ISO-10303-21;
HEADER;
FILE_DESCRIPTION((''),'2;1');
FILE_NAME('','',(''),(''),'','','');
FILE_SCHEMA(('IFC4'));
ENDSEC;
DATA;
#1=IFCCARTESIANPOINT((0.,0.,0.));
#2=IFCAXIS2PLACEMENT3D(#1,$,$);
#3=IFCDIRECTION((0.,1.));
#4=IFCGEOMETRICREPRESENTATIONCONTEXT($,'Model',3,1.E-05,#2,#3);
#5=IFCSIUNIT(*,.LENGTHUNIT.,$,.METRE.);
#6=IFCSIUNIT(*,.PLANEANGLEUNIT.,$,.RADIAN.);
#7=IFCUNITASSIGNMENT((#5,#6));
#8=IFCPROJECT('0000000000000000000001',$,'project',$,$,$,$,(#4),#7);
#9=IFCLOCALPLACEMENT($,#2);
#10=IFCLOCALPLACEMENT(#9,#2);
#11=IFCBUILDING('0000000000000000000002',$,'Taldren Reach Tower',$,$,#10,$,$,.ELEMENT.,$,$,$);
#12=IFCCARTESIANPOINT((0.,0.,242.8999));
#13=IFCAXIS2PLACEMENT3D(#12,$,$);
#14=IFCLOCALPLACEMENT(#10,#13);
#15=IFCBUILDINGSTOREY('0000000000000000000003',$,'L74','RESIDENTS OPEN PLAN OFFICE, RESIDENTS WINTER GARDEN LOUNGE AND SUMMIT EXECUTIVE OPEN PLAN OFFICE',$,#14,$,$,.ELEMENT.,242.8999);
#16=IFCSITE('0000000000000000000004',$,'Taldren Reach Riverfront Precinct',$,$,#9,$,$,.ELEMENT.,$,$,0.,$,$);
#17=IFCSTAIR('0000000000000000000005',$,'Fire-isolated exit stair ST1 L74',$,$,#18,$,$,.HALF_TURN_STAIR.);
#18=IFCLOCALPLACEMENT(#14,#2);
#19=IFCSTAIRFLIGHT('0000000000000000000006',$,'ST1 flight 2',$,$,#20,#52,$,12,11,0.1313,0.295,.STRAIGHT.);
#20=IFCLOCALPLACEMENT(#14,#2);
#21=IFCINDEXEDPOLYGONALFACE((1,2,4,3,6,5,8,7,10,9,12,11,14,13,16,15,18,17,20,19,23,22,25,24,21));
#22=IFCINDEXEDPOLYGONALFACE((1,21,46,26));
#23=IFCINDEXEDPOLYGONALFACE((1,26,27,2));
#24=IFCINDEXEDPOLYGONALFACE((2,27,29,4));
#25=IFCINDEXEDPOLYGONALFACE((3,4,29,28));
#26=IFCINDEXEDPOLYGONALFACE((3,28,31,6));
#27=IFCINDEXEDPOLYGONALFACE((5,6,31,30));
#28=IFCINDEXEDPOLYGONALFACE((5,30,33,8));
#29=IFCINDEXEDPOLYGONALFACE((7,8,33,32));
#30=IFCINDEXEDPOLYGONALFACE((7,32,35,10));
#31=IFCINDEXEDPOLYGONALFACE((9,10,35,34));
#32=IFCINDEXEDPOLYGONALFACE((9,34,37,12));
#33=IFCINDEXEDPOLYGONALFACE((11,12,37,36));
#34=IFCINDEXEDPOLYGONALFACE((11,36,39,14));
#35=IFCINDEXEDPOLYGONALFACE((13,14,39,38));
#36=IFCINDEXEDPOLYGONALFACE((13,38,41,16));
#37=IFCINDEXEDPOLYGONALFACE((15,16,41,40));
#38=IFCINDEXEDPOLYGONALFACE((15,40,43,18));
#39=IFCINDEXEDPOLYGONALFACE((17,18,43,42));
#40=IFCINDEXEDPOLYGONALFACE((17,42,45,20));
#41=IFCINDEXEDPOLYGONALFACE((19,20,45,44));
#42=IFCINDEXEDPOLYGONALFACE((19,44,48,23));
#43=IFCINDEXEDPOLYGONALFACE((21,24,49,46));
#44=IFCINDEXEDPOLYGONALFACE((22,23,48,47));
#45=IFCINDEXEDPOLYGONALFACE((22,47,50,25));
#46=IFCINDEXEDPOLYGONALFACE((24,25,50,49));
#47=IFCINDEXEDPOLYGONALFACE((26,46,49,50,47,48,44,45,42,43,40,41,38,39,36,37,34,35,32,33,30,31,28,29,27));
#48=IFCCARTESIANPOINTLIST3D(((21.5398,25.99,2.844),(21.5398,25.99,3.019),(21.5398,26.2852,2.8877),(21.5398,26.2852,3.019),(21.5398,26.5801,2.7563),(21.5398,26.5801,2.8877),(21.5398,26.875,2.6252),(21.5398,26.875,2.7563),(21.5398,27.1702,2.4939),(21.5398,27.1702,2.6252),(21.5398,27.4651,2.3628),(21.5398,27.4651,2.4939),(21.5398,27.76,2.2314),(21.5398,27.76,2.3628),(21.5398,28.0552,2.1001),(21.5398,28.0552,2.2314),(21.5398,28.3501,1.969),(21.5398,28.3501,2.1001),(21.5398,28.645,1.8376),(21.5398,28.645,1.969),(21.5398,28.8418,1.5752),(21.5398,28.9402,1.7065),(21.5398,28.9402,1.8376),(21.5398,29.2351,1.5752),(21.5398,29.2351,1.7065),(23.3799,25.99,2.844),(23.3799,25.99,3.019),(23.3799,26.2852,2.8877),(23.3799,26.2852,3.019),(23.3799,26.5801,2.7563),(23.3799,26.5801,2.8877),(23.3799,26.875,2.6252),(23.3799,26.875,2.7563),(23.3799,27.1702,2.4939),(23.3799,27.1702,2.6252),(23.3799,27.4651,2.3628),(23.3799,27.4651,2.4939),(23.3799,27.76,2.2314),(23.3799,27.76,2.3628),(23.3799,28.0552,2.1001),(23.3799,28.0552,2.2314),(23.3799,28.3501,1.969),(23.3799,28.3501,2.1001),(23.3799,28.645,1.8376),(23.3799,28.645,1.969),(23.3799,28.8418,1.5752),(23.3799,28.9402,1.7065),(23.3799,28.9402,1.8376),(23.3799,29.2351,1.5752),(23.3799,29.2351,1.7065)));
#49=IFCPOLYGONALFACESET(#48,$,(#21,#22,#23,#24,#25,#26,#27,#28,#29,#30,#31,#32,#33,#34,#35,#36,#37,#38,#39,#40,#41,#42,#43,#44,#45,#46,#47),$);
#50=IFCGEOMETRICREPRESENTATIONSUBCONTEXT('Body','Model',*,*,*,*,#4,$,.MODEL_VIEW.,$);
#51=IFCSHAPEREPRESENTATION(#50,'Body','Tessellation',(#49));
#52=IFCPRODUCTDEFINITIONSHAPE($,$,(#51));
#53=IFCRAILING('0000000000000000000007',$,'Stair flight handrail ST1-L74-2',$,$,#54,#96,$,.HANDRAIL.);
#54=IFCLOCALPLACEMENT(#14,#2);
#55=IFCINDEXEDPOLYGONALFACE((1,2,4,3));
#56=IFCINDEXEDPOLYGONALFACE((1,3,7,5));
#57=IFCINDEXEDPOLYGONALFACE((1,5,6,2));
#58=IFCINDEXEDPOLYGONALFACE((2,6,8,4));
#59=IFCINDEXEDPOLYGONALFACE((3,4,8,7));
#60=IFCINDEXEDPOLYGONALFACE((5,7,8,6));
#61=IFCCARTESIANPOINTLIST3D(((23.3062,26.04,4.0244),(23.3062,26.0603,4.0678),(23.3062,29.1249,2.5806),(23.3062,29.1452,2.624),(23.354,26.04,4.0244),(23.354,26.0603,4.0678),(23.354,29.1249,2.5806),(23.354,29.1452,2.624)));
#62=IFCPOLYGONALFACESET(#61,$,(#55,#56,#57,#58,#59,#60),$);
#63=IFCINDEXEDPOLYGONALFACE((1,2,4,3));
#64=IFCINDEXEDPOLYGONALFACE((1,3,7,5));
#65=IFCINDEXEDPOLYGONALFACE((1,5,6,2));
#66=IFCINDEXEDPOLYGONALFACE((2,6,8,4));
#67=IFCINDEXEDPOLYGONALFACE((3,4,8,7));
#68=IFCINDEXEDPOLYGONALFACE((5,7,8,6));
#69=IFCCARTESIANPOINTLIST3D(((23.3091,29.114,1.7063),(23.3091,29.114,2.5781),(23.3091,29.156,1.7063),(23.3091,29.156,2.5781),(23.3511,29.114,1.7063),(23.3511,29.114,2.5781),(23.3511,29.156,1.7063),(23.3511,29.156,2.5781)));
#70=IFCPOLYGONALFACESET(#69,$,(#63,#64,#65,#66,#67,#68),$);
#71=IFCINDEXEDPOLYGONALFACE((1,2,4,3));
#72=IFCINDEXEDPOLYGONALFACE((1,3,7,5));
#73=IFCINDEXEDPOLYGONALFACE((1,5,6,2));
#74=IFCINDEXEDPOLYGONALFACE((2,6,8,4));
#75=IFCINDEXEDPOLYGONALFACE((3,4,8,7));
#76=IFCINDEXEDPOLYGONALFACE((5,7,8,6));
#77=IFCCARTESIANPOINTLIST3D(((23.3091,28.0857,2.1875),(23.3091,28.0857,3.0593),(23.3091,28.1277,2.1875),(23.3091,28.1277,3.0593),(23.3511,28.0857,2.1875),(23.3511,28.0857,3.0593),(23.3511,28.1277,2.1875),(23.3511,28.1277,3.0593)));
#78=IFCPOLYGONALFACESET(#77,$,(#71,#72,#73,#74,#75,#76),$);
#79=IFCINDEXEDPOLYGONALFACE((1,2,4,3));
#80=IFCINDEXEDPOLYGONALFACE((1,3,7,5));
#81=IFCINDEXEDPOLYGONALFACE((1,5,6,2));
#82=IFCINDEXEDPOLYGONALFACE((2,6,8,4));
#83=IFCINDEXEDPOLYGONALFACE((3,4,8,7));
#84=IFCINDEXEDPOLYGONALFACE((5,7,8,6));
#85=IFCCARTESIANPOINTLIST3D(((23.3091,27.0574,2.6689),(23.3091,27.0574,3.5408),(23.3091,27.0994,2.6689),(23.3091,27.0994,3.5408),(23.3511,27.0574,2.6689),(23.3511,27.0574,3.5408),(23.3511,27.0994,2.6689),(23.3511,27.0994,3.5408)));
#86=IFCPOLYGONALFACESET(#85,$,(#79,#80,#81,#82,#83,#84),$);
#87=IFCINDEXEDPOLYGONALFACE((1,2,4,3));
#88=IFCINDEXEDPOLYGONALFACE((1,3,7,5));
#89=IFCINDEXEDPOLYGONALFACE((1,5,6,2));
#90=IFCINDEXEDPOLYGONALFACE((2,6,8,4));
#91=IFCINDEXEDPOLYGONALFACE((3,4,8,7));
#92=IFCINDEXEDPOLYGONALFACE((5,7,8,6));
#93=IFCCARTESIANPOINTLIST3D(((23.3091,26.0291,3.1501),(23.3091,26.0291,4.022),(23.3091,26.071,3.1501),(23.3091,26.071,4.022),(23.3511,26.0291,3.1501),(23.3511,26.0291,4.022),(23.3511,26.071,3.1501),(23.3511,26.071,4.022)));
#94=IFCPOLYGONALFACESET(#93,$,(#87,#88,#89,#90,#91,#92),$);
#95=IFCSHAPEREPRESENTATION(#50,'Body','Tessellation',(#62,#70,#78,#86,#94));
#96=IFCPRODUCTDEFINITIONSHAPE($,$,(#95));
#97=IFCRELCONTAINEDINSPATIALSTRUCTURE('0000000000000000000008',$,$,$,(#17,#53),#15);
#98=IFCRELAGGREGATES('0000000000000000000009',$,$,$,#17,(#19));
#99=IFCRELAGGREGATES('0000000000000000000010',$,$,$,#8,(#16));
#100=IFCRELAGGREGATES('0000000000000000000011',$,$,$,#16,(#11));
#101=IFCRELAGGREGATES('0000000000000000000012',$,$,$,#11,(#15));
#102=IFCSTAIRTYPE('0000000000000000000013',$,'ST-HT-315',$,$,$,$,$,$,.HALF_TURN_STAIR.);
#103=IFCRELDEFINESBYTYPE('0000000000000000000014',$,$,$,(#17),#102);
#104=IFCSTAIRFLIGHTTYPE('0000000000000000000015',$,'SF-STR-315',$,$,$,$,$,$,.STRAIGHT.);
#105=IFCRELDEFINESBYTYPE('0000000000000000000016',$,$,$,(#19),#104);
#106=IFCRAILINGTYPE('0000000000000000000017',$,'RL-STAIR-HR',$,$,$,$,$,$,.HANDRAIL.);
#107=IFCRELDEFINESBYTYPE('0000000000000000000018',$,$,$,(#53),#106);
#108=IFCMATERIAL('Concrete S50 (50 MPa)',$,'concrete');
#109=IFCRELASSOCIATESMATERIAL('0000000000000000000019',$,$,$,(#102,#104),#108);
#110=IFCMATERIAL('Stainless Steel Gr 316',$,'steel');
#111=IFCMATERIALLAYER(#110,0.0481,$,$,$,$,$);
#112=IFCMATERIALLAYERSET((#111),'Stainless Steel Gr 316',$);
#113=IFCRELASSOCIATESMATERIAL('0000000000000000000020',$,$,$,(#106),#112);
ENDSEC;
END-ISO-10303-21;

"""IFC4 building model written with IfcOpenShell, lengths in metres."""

from ifc_helpers import new_model, si_unit, direction, frame, origin, origin_2d, place, context, subcontext, project, spatial, polyline, rectangle, outline, extrude, material, layer, layer_set, type_object, element, aggregate, save


model = new_model("IFC4")

# Units and contexts
model_context = context("Model", 3, precision=1e-05, world=origin(), true_north=direction((0.0, 1.0)))
body_context = subcontext(model_context, "Body", "Model", "MODEL_VIEW")
ifc_project = project(units=[si_unit("LENGTHUNIT", "METRE"), si_unit("PLANEANGLEUNIT", "RADIAN")], contexts=[model_context])

# Site, building, storey
site_placement = place(None, origin())
site = spatial("IfcSite", under=ifc_project, at=site_placement, Name="Taldren Reach Riverfront Precinct", CompositionType="ELEMENT", RefElevation=0.0)
building_placement = place(site_placement, origin())
building = spatial("IfcBuilding", under=site, at=building_placement, Name="Taldren Reach Tower", CompositionType="ELEMENT")
storey_placement = place(building_placement, frame((0.0, 0.0, 242.8999)))
storey = spatial("IfcBuildingStorey", under=building, at=storey_placement, Name="L74", Description="RESIDENTS OPEN PLAN OFFICE, RESIDENTS WINTER GARDEN LOUNGE AND SUMMIT EXECUTIVE OPEN PLAN OFFICE", CompositionType="ELEMENT", Elevation=242.8999)

# Shared definitions
ifc_material_1 = material(Name="Concrete S50 (50 MPa)", Category="concrete")

# Stair, stair flight
stair_type = type_object("IfcStairType", Name="ST-HT-315", PredefinedType="HALF_TURN_STAIR", material=ifc_material_1)
stair_placement = place(storey_placement, origin())
stair = element("IfcStair", 1, at=stair_placement, inside=storey, type_object=stair_type, Name="Fire-isolated exit stair ST1 L74", PredefinedType="HALF_TURN_STAIR")
stair_flight_type = type_object("IfcStairFlightType", Name="SF-STR-315", PredefinedType="STRAIGHT", material=ifc_material_1)
stair_flight_placement = place(storey_placement, frame((22.46, 29.2351, 1.5752), z_axis=(0.0, 0.0, 1.0), x_axis=(0.0, -1.0, 0.0)))
stair_flight = element("IfcStairFlight", 2, at=stair_flight_placement, type_object=stair_flight_type, Name="ST1 flight 2", NumberOfRisers=12, NumberOfTreads=11, PredefinedType="STRAIGHT", RiserHeight=0.1313, TreadLength=0.295, context=body_context, shape_type="SweptSolid", body=[
    extrude(outline(polyline([(0.0, 0.0), (0.0, 0.1313), (0.2949, 0.1313), (0.2949, 0.2625), (0.5901, 0.2625), (0.5901, 0.3938), (0.885, 0.3938), (0.885, 0.5249), (1.1799, 0.5249), (1.1799, 0.6562), (1.4751, 0.6562), (1.4751, 0.7876), (1.77, 0.7876), (1.77, 0.9187), (2.0649, 0.9187), (2.0649, 1.05), (2.3601, 1.05), (2.3601, 1.1812), (2.655, 1.1812), (2.655, 1.3125), (2.95, 1.3125), (2.95, 1.4438), (3.2451, 1.4438), (3.2451, 1.575), (3.2451, 1.2688), (0.3933, 0.0), (0.0, 0.0)])), frame((0.0, 0.9199, 0.0), z_axis=(0.0, -1.0, 0.0), x_axis=(1.0, 0.0, 0.0)), (0.0, 0.0, 1.0), 1.8401),
])
aggregate(stair, [stair_flight])

# Railing
ifc_material_2 = material(Name="Stainless Steel Gr 316", Category="steel")
ifc_layer_1 = layer(ifc_material_2, 0.0481)
ifc_layer_set_1 = layer_set([ifc_layer_1], Name="Stainless Steel Gr 316")
railing_type = type_object("IfcRailingType", Name="RL-STAIR-HR", PredefinedType="HANDRAIL", material=ifc_layer_set_1)
railing_placement = place(storey_placement, frame((23.3301, 29.135, 1.7063)))
element("IfcRailing", 3, at=railing_placement, inside=storey, type_object=railing_type, Name="Stair flight handrail ST1-L74-2", PredefinedType="HANDRAIL", context=body_context, shape_type="SweptSolid", body=[
    extrude(rectangle(XDim=0.0479, YDim=0.0479, at=origin_2d()), frame((0.0, 0.0, 0.896), z_axis=(0.0, -0.90571, 0.423898), x_axis=(1.0, 0.0, 0.0)), (0.0, 0.0, 1.0), 3.406),
    extrude(rectangle(XDim=0.042, YDim=0.042, at=origin_2d()), origin(), (0.0, 0.0, 1.0), 0.8718),
    extrude(rectangle(XDim=0.042, YDim=0.042, at=origin_2d()), frame((0.0, -1.0283, 0.4812)), (0.0, 0.0, 1.0), 0.8718),
    extrude(rectangle(XDim=0.042, YDim=0.042, at=origin_2d()), frame((0.0, -2.0566, 0.9626)), (0.0, 0.0, 1.0), 0.8718),
    extrude(rectangle(XDim=0.042, YDim=0.042, at=origin_2d()), frame((0.0, -3.085, 1.4438)), (0.0, 0.0, 1.0), 0.8718),
])

save(model, "model.ifc")
